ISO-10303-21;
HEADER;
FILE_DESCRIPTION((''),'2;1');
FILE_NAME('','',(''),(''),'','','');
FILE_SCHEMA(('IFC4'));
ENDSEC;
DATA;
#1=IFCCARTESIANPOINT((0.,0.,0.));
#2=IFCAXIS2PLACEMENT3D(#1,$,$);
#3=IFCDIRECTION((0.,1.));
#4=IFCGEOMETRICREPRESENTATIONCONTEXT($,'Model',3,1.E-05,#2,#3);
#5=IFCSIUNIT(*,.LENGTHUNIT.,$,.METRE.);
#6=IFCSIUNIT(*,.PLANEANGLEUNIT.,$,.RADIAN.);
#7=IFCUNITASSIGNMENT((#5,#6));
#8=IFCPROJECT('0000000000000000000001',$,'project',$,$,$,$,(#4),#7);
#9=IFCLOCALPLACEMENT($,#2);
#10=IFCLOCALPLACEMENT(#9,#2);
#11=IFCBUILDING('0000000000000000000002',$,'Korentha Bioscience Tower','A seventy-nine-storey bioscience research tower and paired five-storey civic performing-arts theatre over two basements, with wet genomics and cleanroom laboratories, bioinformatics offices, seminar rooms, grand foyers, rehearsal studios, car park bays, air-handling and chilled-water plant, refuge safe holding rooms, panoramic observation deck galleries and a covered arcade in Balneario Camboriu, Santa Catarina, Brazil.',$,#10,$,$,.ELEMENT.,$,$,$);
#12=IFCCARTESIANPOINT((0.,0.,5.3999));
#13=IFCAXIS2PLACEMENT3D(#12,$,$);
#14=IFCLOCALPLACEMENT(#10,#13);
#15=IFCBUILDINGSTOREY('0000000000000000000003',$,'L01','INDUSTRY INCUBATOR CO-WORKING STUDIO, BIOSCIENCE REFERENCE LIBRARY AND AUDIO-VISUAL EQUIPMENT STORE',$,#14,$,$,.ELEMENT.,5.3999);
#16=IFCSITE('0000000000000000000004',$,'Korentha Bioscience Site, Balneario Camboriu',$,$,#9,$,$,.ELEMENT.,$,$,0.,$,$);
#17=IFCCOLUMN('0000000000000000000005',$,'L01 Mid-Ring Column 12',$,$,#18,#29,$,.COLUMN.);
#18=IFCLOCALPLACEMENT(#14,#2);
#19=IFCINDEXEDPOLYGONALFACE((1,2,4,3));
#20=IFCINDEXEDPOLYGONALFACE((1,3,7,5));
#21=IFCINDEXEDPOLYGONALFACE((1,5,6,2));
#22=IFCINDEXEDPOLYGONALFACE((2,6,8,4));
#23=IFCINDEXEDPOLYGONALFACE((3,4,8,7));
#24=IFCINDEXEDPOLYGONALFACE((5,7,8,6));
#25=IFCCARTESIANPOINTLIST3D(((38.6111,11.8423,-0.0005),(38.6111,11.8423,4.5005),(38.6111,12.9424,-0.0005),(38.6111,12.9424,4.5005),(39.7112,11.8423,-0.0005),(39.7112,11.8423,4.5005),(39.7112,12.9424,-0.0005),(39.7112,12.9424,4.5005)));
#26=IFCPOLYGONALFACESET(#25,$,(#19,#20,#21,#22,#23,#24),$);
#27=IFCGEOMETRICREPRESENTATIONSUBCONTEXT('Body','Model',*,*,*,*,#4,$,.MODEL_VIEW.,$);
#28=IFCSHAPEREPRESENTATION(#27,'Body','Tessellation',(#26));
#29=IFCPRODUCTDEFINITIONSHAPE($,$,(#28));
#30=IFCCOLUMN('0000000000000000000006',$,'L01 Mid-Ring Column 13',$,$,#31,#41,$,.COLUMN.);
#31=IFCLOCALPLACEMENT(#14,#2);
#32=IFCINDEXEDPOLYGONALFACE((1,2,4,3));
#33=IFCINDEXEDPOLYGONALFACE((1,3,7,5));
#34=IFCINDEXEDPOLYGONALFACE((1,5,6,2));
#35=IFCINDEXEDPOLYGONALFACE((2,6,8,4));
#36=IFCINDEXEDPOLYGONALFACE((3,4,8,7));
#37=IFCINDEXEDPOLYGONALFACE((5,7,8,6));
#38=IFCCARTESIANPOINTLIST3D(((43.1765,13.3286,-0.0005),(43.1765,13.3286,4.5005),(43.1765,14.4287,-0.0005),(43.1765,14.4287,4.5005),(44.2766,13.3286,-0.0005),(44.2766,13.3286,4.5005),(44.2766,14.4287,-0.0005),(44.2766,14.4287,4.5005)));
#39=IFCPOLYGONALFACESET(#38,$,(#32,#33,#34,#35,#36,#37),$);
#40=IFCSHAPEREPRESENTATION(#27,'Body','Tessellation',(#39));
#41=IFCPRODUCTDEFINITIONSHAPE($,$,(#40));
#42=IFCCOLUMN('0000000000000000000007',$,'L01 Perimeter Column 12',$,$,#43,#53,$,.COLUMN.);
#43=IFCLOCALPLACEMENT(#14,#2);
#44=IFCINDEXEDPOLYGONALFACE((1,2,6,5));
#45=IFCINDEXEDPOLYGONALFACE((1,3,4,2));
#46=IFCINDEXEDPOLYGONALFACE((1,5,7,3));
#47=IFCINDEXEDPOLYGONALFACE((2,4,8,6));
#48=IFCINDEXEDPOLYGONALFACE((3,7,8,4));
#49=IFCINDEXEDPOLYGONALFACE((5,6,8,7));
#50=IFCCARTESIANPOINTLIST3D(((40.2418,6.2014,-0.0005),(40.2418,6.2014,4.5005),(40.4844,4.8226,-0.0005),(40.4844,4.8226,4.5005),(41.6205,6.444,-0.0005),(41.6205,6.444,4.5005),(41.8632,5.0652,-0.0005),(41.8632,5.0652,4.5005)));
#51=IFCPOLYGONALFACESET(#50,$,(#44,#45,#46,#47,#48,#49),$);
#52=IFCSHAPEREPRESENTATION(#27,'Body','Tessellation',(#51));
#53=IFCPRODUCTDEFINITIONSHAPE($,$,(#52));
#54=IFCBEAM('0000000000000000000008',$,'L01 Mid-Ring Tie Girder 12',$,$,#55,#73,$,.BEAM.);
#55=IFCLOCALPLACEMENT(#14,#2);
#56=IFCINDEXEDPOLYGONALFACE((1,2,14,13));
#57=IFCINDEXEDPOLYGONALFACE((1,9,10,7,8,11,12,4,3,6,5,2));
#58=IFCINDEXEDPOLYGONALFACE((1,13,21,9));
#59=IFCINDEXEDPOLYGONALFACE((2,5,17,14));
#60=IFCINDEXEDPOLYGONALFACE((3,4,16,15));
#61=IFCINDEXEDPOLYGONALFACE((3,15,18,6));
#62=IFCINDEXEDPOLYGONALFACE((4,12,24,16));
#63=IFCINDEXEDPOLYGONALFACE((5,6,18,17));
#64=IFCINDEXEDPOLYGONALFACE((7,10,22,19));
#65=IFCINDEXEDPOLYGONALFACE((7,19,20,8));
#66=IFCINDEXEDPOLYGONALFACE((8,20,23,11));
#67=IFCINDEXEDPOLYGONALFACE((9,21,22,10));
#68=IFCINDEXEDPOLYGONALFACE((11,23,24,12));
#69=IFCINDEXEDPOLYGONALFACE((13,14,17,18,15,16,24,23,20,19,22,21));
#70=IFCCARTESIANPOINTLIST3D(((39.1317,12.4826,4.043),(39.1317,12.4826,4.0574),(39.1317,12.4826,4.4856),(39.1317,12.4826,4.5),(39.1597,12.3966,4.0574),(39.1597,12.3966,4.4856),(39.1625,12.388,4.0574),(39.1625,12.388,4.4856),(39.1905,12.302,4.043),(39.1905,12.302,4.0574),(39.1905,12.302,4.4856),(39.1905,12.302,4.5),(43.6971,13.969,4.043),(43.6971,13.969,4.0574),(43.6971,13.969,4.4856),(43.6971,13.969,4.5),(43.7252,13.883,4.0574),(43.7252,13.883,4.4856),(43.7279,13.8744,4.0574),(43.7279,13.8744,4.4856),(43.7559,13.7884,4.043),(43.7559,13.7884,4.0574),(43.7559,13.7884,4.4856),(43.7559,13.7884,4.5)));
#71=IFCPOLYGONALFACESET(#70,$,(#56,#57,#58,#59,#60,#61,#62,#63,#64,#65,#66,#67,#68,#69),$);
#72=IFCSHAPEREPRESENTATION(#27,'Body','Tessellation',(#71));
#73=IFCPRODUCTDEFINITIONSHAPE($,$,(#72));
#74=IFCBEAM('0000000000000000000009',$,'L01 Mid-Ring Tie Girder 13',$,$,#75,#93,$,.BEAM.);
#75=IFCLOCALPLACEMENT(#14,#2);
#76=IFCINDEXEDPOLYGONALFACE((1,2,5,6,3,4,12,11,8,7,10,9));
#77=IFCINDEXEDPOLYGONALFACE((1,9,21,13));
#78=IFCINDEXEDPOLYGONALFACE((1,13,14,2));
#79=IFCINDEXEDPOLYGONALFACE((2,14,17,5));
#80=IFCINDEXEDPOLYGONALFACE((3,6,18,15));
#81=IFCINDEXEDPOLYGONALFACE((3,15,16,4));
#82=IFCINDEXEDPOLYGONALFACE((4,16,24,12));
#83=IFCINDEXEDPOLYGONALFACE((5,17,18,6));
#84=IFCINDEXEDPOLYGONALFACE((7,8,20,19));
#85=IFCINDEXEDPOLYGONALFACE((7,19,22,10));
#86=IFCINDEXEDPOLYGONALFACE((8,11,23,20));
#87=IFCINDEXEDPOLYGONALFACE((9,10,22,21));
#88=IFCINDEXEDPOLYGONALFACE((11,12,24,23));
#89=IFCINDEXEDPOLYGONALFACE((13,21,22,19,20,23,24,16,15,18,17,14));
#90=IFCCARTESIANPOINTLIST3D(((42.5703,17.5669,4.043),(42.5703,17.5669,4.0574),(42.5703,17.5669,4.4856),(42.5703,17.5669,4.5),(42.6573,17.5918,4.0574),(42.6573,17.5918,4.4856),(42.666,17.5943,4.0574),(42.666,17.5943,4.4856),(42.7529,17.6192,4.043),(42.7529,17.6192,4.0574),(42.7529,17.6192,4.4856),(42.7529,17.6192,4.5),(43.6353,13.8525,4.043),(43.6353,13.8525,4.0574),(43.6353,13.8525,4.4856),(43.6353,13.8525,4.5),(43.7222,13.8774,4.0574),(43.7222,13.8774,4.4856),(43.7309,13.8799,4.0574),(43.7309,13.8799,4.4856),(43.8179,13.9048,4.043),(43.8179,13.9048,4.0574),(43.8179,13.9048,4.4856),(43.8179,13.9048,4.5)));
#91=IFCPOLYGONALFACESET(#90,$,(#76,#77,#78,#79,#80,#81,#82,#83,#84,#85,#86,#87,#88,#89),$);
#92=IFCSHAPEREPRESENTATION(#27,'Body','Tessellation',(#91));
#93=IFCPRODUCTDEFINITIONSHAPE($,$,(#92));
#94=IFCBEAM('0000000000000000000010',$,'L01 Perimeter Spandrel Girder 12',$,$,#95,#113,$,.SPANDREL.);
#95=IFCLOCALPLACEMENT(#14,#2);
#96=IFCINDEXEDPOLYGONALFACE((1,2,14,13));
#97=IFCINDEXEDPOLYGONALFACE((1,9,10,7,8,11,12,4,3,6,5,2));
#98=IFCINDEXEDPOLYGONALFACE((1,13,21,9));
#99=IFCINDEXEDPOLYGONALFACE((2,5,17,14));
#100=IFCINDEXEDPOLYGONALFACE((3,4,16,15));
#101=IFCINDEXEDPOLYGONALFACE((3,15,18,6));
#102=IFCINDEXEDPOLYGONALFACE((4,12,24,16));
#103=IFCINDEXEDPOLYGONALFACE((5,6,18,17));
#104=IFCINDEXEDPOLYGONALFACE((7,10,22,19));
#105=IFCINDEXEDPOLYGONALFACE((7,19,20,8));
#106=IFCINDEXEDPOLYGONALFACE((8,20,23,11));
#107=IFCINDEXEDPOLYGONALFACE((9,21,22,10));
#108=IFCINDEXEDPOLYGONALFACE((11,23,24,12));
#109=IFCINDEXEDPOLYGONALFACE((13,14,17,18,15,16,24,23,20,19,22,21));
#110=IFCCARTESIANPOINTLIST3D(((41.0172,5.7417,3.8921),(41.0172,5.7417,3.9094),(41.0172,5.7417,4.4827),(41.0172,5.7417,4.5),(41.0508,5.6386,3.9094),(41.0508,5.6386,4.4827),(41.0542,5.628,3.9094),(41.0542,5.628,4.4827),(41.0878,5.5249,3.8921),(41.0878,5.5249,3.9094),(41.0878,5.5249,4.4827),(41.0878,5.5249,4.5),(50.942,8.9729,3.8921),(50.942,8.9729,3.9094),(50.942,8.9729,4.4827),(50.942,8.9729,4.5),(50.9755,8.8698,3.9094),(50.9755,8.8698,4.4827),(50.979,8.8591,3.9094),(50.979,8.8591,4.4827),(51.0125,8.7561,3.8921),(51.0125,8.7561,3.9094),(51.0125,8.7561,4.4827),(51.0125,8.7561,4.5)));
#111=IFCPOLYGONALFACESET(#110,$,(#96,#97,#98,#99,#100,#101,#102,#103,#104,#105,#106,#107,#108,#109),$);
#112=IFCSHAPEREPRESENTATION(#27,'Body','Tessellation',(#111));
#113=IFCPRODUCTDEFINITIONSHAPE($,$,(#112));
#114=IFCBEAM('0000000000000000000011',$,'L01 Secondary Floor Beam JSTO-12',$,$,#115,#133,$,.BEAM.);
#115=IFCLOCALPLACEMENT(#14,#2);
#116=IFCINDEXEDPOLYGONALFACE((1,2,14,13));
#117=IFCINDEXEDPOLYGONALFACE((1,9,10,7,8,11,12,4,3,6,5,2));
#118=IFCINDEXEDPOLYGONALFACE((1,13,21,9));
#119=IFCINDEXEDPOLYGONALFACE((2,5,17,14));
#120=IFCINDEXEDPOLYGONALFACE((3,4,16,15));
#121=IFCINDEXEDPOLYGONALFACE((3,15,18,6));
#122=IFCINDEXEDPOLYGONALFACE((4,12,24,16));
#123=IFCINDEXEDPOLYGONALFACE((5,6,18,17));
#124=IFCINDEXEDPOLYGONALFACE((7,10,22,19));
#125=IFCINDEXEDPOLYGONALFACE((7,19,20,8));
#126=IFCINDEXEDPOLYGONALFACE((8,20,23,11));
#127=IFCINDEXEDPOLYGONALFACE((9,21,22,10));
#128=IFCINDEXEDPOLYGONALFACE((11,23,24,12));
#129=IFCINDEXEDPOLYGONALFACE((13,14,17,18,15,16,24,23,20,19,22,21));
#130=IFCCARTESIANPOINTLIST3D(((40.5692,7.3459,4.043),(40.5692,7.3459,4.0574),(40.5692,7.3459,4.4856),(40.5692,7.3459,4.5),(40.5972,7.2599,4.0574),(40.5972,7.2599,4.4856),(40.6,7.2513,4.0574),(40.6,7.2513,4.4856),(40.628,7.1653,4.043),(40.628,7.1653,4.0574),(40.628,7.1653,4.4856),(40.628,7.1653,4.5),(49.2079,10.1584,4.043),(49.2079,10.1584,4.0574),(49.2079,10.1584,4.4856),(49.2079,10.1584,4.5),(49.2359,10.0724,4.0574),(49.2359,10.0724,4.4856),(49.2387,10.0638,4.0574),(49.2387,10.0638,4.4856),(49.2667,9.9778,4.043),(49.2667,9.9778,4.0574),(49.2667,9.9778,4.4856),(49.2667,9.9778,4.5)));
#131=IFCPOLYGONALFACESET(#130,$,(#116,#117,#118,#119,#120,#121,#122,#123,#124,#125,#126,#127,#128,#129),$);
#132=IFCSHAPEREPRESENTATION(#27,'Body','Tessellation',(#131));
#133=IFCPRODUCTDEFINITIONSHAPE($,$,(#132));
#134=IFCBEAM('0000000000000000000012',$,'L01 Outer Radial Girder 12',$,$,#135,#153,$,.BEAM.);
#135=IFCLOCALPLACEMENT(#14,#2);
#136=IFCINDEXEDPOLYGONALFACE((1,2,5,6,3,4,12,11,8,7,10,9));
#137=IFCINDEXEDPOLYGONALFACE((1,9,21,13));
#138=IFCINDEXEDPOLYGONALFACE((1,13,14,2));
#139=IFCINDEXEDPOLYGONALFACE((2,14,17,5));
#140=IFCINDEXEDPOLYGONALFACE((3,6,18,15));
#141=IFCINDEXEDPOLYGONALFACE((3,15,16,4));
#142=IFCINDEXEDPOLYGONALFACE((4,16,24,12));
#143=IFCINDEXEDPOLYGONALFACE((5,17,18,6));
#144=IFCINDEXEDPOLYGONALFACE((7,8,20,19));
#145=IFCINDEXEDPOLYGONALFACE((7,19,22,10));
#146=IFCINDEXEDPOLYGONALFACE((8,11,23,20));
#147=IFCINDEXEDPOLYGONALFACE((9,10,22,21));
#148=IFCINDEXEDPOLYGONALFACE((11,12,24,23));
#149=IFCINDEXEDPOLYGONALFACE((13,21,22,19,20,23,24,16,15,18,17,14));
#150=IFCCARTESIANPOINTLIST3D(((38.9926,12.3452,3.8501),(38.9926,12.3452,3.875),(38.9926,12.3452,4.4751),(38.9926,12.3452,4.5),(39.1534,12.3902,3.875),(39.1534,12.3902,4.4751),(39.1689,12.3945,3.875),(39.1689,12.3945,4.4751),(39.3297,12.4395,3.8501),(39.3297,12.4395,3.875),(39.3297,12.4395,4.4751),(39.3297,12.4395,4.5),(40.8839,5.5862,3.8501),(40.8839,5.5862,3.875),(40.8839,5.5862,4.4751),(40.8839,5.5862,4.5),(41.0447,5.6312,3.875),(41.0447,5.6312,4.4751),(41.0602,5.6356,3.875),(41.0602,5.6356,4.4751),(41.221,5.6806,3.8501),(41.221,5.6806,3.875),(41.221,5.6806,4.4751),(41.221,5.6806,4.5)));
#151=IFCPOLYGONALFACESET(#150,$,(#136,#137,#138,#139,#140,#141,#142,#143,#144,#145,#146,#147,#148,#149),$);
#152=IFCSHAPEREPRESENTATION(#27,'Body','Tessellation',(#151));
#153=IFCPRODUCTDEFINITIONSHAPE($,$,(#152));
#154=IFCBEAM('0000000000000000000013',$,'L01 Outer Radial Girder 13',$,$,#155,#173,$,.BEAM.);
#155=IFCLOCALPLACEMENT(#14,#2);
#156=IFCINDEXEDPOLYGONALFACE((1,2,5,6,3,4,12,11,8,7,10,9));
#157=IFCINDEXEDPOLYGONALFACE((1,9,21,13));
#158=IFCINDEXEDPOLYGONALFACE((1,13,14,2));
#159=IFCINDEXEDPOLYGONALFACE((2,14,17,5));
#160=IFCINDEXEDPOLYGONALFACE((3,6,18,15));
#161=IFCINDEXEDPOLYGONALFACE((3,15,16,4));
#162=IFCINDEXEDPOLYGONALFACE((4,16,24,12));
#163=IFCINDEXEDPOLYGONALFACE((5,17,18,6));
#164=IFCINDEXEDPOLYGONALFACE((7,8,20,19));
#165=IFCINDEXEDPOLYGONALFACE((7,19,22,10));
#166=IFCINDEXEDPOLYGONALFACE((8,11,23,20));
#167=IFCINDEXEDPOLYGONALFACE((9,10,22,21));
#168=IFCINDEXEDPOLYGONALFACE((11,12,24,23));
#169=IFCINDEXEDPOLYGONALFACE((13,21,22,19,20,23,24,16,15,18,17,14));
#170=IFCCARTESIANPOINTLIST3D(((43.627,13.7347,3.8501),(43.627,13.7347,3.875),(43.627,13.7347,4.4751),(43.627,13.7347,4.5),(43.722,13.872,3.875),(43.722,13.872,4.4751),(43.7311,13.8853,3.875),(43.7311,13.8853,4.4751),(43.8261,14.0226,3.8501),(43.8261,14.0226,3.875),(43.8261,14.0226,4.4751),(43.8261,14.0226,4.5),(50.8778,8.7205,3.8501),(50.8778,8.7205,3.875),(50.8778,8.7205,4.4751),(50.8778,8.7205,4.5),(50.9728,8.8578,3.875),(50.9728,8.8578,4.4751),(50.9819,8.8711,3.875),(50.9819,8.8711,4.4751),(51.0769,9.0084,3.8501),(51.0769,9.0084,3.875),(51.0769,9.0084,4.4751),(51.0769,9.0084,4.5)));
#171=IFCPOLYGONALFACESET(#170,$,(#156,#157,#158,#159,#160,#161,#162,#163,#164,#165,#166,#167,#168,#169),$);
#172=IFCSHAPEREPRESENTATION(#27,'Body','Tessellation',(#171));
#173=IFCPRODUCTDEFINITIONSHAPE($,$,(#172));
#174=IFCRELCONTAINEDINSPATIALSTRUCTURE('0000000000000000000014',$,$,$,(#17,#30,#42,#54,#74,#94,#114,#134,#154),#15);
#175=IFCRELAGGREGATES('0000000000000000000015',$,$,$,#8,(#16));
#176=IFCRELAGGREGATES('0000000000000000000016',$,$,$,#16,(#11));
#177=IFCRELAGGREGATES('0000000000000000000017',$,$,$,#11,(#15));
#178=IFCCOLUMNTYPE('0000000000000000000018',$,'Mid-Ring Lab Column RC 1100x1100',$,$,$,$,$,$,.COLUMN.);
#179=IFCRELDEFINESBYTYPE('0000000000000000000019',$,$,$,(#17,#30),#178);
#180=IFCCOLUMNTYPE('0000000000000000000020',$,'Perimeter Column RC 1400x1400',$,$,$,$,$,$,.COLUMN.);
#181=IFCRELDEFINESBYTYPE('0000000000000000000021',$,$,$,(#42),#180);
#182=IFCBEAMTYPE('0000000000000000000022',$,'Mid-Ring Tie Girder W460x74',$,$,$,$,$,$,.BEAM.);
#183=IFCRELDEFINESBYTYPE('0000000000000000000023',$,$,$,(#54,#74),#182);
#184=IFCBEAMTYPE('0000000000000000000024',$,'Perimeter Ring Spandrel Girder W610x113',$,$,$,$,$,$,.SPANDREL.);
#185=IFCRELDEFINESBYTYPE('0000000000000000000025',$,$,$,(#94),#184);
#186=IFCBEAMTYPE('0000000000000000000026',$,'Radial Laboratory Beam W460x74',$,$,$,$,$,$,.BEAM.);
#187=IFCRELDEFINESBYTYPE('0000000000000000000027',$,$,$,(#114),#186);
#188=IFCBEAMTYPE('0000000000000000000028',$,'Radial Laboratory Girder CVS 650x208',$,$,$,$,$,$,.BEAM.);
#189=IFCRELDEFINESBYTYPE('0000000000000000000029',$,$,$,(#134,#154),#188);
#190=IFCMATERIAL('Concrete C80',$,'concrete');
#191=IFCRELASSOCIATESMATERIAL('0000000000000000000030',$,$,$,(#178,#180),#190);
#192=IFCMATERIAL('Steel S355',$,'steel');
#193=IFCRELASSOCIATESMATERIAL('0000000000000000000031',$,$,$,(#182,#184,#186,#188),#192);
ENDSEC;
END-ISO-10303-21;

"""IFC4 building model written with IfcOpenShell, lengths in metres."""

from ifc_helpers import new_model, si_unit, direction, frame, origin, origin_2d, place, context, subcontext, project, spatial, rectangle, i_section, extrude, material, material_profile, profile_set, type_object, element, save


model = new_model("IFC4")

# Units and contexts
model_context = context("Model", 3, precision=1e-05, world=origin(), true_north=direction((0.0, 1.0)))
body_context = subcontext(model_context, "Body", "Model", "MODEL_VIEW")
ifc_project = project(units=[si_unit("LENGTHUNIT", "METRE"), si_unit("PLANEANGLEUNIT", "RADIAN")], contexts=[model_context])

# Site, building, storey
site_placement = place(None, origin())
site = spatial("IfcSite", under=ifc_project, at=site_placement, Name="Korentha Bioscience Site, Balneario Camboriu", CompositionType="ELEMENT", RefElevation=0.0)
building_placement = place(site_placement, origin())
building = spatial("IfcBuilding", under=site, at=building_placement, Name="Korentha Bioscience Tower", Description="A seventy-nine-storey bioscience research tower and paired five-storey civic performing-arts theatre over two basements, with wet genomics and cleanroom laboratories, bioinformatics offices, seminar rooms, grand foyers, rehearsal studios, car park bays, air-handling and chilled-water plant, refuge safe holding rooms, panoramic observation deck galleries and a covered arcade in Balneario Camboriu, Santa Catarina, Brazil.", CompositionType="ELEMENT")
storey_placement = place(building_placement, frame((0.0, 0.0, 5.3999)))
storey = spatial("IfcBuildingStorey", under=building, at=storey_placement, Name="L01", Description="INDUSTRY INCUBATOR CO-WORKING STUDIO, BIOSCIENCE REFERENCE LIBRARY AND AUDIO-VISUAL EQUIPMENT STORE", CompositionType="ELEMENT", Elevation=5.3999)

# Columns
ifc_material_1 = material(Name="Concrete C80", Category="concrete")
ifc_material_profile_1 = material_profile(ifc_material_1, rectangle(XDim=1.1001, YDim=1.1001, at=origin_2d()), Name="Concrete C80")
ifc_profile_set_1 = profile_set([ifc_material_profile_1], Name="Concrete C80 (COL-MR11)")
column_type_1 = type_object("IfcColumnType", Name="Mid-Ring Lab Column RC 1100x1100", PredefinedType="COLUMN", material=ifc_profile_set_1)
for number, where, z_axis, x_axis, name in (
    (1, (39.1611, 12.3923, -0.0005), (0.0, 0.0, 1.0), (1.0, 0.0, 0.0), "L01 Mid-Ring Column 12"),
    (2, (43.7266, 13.8787, -0.0005), (0.0, 0.0, 1.0), (1.0, 0.0, 0.0), "L01 Mid-Ring Column 13"),
):
    element("IfcColumn", number, at=place(storey_placement, frame(where, z_axis=z_axis, x_axis=x_axis)), inside=storey, type_object=column_type_1, Name=name, PredefinedType="COLUMN", context=body_context, shape_type="SweptSolid", body=[
        extrude(rectangle(XDim=1.1001, YDim=1.1001, at=origin_2d()), origin(), (0.0, 0.0, 1.0), 4.501),
    ])
ifc_material_profile_2 = material_profile(ifc_material_1, rectangle(XDim=1.3999, YDim=1.3999, at=origin_2d()), Name="Concrete C80")
ifc_profile_set_2 = profile_set([ifc_material_profile_2], Name="Concrete C80 (COL-P14)")
column_type_2 = type_object("IfcColumnType", Name="Perimeter Column RC 1400x1400", PredefinedType="COLUMN", material=ifc_profile_set_2)
column_placement = place(storey_placement, frame((41.0525, 5.6333, -0.0005), z_axis=(0.0, 0.0, 1.0), x_axis=(0.984868, 0.173304, 0.0)))
element("IfcColumn", 3, at=column_placement, inside=storey, type_object=column_type_2, Name="L01 Perimeter Column 12", PredefinedType="COLUMN", context=body_context, shape_type="SweptSolid", body=[
    extrude(rectangle(XDim=1.3999, YDim=1.3999, at=origin_2d()), origin(), (0.0, 0.0, 1.0), 4.501),
])

# Beams
ifc_material_2 = material(Name="Steel S355", Category="steel")
ifc_material_profile_3 = material_profile(ifc_material_2, i_section(OverallWidth=0.1899, OverallDepth=0.457, WebThickness=0.009, FlangeThickness=0.0144, at=origin_2d()), Name="Steel S355")
ifc_profile_set_3 = profile_set([ifc_material_profile_3], Name="Steel S355 (MB-460)")
beam_type_1 = type_object("IfcBeamType", Name="Mid-Ring Tie Girder W460x74", PredefinedType="BEAM", material=ifc_profile_set_3)
beam_1_placement = place(storey_placement, frame((39.1611, 12.3923, 4.2715), z_axis=(0.950877, 0.309569, 0.0), x_axis=(-0.309569, 0.950877, 0.0)))
element("IfcBeam", 4, at=beam_1_placement, inside=storey, type_object=beam_type_1, Name="L01 Mid-Ring Tie Girder 12", PredefinedType="BEAM", context=body_context, shape_type="SweptSolid", body=[
    extrude(i_section(OverallWidth=0.1899, OverallDepth=0.457, WebThickness=0.009, FlangeThickness=0.0144, at=origin_2d()), origin(), (0.0, 0.0, 1.0), 4.8013),
])
beam_2_placement = place(storey_placement, frame((43.7266, 13.8787, 4.2715), z_axis=(-0.275606, 0.961271, 0.0), x_axis=(-0.961271, -0.275606, 0.0)))
element("IfcBeam", 5, at=beam_2_placement, inside=storey, type_object=beam_type_1, Name="L01 Mid-Ring Tie Girder 13", PredefinedType="BEAM", context=body_context, shape_type="SweptSolid", body=[
    extrude(i_section(OverallWidth=0.1899, OverallDepth=0.457, WebThickness=0.009, FlangeThickness=0.0144, at=origin_2d()), origin(), (0.0, 0.0, 1.0), 3.864),
])
ifc_material_profile_4 = material_profile(ifc_material_2, i_section(OverallWidth=0.228, OverallDepth=0.6079, WebThickness=0.0112, FlangeThickness=0.0173, at=origin_2d()), Name="Steel S355")
ifc_profile_set_4 = profile_set([ifc_material_profile_4], Name="Steel S355 (SB-610)")
beam_type_2 = type_object("IfcBeamType", Name="Perimeter Ring Spandrel Girder W610x113", PredefinedType="SPANDREL", material=ifc_profile_set_4)
beam_3_placement = place(storey_placement, frame((41.0525, 5.6333, 4.196), z_axis=(0.950875, 0.309575, 0.0), x_axis=(-0.309575, 0.950875, 0.0)))
element("IfcBeam", 6, at=beam_3_placement, inside=storey, type_object=beam_type_2, Name="L01 Perimeter Spandrel Girder 12", PredefinedType="SPANDREL", context=body_context, shape_type="SweptSolid", body=[
    extrude(i_section(OverallWidth=0.228, OverallDepth=0.6079, WebThickness=0.0112, FlangeThickness=0.0173, at=origin_2d()), origin(), (0.0, 0.0, 1.0), 10.4375),
])
ifc_material_profile_5 = material_profile(ifc_material_2, i_section(OverallWidth=0.1899, OverallDepth=0.457, WebThickness=0.009, FlangeThickness=0.0144, at=origin_2d()), Name="Steel S355")
ifc_profile_set_5 = profile_set([ifc_material_profile_5], Name="Steel S355 (RB-460)")
beam_type_3 = type_object("IfcBeamType", Name="Radial Laboratory Beam W460x74", PredefinedType="BEAM", material=ifc_profile_set_5)
beam_4_placement = place(storey_placement, frame((40.5986, 7.2556, 4.2715), z_axis=(0.950874, 0.309577, 0.0), x_axis=(-0.309577, 0.950874, 0.0)))
element("IfcBeam", 7, at=beam_4_placement, inside=storey, type_object=beam_type_3, Name="L01 Secondary Floor Beam JSTO-12", PredefinedType="BEAM", context=body_context, shape_type="SweptSolid", body=[
    extrude(i_section(OverallWidth=0.1899, OverallDepth=0.457, WebThickness=0.009, FlangeThickness=0.0144, at=origin_2d()), origin(), (0.0, 0.0, 1.0), 9.085),
])
ifc_material_profile_6 = material_profile(ifc_material_2, i_section(OverallWidth=0.3501, OverallDepth=0.6499, WebThickness=0.0161, FlangeThickness=0.0249, at=origin_2d()), Name="Steel S355")
ifc_profile_set_6 = profile_set([ifc_material_profile_6], Name="Steel S355 (RB-650)")
beam_type_4 = type_object("IfcBeamType", Name="Radial Laboratory Girder CVS 650x208", PredefinedType="BEAM", material=ifc_profile_set_6)
beam_5_placement = place(storey_placement, frame((39.1611, 12.3923, 4.175), z_axis=(0.269475, -0.963007, 0.0), x_axis=(0.963007, 0.269475, 0.0)))
element("IfcBeam", 8, at=beam_5_placement, inside=storey, type_object=beam_type_4, Name="L01 Outer Radial Girder 12", PredefinedType="BEAM", context=body_context, shape_type="SweptSolid", body=[
    extrude(i_section(OverallWidth=0.3501, OverallDepth=0.6499, WebThickness=0.0161, FlangeThickness=0.0249, at=origin_2d()), origin(), (0.0, 0.0, 1.0), 7.0186),
])
beam_6_placement = place(storey_placement, frame((43.7266, 13.8787, 4.175), z_axis=(0.822488, -0.568782, 0.0), x_axis=(0.568782, 0.822488, 0.0)))
element("IfcBeam", 9, at=beam_6_placement, inside=storey, type_object=beam_type_4, Name="L01 Outer Radial Girder 13", PredefinedType="BEAM", context=body_context, shape_type="SweptSolid", body=[
    extrude(i_section(OverallWidth=0.3501, OverallDepth=0.6499, WebThickness=0.0161, FlangeThickness=0.0249, at=origin_2d()), origin(), (0.0, 0.0, 1.0), 8.8157),
])

save(model, "model.ifc")
